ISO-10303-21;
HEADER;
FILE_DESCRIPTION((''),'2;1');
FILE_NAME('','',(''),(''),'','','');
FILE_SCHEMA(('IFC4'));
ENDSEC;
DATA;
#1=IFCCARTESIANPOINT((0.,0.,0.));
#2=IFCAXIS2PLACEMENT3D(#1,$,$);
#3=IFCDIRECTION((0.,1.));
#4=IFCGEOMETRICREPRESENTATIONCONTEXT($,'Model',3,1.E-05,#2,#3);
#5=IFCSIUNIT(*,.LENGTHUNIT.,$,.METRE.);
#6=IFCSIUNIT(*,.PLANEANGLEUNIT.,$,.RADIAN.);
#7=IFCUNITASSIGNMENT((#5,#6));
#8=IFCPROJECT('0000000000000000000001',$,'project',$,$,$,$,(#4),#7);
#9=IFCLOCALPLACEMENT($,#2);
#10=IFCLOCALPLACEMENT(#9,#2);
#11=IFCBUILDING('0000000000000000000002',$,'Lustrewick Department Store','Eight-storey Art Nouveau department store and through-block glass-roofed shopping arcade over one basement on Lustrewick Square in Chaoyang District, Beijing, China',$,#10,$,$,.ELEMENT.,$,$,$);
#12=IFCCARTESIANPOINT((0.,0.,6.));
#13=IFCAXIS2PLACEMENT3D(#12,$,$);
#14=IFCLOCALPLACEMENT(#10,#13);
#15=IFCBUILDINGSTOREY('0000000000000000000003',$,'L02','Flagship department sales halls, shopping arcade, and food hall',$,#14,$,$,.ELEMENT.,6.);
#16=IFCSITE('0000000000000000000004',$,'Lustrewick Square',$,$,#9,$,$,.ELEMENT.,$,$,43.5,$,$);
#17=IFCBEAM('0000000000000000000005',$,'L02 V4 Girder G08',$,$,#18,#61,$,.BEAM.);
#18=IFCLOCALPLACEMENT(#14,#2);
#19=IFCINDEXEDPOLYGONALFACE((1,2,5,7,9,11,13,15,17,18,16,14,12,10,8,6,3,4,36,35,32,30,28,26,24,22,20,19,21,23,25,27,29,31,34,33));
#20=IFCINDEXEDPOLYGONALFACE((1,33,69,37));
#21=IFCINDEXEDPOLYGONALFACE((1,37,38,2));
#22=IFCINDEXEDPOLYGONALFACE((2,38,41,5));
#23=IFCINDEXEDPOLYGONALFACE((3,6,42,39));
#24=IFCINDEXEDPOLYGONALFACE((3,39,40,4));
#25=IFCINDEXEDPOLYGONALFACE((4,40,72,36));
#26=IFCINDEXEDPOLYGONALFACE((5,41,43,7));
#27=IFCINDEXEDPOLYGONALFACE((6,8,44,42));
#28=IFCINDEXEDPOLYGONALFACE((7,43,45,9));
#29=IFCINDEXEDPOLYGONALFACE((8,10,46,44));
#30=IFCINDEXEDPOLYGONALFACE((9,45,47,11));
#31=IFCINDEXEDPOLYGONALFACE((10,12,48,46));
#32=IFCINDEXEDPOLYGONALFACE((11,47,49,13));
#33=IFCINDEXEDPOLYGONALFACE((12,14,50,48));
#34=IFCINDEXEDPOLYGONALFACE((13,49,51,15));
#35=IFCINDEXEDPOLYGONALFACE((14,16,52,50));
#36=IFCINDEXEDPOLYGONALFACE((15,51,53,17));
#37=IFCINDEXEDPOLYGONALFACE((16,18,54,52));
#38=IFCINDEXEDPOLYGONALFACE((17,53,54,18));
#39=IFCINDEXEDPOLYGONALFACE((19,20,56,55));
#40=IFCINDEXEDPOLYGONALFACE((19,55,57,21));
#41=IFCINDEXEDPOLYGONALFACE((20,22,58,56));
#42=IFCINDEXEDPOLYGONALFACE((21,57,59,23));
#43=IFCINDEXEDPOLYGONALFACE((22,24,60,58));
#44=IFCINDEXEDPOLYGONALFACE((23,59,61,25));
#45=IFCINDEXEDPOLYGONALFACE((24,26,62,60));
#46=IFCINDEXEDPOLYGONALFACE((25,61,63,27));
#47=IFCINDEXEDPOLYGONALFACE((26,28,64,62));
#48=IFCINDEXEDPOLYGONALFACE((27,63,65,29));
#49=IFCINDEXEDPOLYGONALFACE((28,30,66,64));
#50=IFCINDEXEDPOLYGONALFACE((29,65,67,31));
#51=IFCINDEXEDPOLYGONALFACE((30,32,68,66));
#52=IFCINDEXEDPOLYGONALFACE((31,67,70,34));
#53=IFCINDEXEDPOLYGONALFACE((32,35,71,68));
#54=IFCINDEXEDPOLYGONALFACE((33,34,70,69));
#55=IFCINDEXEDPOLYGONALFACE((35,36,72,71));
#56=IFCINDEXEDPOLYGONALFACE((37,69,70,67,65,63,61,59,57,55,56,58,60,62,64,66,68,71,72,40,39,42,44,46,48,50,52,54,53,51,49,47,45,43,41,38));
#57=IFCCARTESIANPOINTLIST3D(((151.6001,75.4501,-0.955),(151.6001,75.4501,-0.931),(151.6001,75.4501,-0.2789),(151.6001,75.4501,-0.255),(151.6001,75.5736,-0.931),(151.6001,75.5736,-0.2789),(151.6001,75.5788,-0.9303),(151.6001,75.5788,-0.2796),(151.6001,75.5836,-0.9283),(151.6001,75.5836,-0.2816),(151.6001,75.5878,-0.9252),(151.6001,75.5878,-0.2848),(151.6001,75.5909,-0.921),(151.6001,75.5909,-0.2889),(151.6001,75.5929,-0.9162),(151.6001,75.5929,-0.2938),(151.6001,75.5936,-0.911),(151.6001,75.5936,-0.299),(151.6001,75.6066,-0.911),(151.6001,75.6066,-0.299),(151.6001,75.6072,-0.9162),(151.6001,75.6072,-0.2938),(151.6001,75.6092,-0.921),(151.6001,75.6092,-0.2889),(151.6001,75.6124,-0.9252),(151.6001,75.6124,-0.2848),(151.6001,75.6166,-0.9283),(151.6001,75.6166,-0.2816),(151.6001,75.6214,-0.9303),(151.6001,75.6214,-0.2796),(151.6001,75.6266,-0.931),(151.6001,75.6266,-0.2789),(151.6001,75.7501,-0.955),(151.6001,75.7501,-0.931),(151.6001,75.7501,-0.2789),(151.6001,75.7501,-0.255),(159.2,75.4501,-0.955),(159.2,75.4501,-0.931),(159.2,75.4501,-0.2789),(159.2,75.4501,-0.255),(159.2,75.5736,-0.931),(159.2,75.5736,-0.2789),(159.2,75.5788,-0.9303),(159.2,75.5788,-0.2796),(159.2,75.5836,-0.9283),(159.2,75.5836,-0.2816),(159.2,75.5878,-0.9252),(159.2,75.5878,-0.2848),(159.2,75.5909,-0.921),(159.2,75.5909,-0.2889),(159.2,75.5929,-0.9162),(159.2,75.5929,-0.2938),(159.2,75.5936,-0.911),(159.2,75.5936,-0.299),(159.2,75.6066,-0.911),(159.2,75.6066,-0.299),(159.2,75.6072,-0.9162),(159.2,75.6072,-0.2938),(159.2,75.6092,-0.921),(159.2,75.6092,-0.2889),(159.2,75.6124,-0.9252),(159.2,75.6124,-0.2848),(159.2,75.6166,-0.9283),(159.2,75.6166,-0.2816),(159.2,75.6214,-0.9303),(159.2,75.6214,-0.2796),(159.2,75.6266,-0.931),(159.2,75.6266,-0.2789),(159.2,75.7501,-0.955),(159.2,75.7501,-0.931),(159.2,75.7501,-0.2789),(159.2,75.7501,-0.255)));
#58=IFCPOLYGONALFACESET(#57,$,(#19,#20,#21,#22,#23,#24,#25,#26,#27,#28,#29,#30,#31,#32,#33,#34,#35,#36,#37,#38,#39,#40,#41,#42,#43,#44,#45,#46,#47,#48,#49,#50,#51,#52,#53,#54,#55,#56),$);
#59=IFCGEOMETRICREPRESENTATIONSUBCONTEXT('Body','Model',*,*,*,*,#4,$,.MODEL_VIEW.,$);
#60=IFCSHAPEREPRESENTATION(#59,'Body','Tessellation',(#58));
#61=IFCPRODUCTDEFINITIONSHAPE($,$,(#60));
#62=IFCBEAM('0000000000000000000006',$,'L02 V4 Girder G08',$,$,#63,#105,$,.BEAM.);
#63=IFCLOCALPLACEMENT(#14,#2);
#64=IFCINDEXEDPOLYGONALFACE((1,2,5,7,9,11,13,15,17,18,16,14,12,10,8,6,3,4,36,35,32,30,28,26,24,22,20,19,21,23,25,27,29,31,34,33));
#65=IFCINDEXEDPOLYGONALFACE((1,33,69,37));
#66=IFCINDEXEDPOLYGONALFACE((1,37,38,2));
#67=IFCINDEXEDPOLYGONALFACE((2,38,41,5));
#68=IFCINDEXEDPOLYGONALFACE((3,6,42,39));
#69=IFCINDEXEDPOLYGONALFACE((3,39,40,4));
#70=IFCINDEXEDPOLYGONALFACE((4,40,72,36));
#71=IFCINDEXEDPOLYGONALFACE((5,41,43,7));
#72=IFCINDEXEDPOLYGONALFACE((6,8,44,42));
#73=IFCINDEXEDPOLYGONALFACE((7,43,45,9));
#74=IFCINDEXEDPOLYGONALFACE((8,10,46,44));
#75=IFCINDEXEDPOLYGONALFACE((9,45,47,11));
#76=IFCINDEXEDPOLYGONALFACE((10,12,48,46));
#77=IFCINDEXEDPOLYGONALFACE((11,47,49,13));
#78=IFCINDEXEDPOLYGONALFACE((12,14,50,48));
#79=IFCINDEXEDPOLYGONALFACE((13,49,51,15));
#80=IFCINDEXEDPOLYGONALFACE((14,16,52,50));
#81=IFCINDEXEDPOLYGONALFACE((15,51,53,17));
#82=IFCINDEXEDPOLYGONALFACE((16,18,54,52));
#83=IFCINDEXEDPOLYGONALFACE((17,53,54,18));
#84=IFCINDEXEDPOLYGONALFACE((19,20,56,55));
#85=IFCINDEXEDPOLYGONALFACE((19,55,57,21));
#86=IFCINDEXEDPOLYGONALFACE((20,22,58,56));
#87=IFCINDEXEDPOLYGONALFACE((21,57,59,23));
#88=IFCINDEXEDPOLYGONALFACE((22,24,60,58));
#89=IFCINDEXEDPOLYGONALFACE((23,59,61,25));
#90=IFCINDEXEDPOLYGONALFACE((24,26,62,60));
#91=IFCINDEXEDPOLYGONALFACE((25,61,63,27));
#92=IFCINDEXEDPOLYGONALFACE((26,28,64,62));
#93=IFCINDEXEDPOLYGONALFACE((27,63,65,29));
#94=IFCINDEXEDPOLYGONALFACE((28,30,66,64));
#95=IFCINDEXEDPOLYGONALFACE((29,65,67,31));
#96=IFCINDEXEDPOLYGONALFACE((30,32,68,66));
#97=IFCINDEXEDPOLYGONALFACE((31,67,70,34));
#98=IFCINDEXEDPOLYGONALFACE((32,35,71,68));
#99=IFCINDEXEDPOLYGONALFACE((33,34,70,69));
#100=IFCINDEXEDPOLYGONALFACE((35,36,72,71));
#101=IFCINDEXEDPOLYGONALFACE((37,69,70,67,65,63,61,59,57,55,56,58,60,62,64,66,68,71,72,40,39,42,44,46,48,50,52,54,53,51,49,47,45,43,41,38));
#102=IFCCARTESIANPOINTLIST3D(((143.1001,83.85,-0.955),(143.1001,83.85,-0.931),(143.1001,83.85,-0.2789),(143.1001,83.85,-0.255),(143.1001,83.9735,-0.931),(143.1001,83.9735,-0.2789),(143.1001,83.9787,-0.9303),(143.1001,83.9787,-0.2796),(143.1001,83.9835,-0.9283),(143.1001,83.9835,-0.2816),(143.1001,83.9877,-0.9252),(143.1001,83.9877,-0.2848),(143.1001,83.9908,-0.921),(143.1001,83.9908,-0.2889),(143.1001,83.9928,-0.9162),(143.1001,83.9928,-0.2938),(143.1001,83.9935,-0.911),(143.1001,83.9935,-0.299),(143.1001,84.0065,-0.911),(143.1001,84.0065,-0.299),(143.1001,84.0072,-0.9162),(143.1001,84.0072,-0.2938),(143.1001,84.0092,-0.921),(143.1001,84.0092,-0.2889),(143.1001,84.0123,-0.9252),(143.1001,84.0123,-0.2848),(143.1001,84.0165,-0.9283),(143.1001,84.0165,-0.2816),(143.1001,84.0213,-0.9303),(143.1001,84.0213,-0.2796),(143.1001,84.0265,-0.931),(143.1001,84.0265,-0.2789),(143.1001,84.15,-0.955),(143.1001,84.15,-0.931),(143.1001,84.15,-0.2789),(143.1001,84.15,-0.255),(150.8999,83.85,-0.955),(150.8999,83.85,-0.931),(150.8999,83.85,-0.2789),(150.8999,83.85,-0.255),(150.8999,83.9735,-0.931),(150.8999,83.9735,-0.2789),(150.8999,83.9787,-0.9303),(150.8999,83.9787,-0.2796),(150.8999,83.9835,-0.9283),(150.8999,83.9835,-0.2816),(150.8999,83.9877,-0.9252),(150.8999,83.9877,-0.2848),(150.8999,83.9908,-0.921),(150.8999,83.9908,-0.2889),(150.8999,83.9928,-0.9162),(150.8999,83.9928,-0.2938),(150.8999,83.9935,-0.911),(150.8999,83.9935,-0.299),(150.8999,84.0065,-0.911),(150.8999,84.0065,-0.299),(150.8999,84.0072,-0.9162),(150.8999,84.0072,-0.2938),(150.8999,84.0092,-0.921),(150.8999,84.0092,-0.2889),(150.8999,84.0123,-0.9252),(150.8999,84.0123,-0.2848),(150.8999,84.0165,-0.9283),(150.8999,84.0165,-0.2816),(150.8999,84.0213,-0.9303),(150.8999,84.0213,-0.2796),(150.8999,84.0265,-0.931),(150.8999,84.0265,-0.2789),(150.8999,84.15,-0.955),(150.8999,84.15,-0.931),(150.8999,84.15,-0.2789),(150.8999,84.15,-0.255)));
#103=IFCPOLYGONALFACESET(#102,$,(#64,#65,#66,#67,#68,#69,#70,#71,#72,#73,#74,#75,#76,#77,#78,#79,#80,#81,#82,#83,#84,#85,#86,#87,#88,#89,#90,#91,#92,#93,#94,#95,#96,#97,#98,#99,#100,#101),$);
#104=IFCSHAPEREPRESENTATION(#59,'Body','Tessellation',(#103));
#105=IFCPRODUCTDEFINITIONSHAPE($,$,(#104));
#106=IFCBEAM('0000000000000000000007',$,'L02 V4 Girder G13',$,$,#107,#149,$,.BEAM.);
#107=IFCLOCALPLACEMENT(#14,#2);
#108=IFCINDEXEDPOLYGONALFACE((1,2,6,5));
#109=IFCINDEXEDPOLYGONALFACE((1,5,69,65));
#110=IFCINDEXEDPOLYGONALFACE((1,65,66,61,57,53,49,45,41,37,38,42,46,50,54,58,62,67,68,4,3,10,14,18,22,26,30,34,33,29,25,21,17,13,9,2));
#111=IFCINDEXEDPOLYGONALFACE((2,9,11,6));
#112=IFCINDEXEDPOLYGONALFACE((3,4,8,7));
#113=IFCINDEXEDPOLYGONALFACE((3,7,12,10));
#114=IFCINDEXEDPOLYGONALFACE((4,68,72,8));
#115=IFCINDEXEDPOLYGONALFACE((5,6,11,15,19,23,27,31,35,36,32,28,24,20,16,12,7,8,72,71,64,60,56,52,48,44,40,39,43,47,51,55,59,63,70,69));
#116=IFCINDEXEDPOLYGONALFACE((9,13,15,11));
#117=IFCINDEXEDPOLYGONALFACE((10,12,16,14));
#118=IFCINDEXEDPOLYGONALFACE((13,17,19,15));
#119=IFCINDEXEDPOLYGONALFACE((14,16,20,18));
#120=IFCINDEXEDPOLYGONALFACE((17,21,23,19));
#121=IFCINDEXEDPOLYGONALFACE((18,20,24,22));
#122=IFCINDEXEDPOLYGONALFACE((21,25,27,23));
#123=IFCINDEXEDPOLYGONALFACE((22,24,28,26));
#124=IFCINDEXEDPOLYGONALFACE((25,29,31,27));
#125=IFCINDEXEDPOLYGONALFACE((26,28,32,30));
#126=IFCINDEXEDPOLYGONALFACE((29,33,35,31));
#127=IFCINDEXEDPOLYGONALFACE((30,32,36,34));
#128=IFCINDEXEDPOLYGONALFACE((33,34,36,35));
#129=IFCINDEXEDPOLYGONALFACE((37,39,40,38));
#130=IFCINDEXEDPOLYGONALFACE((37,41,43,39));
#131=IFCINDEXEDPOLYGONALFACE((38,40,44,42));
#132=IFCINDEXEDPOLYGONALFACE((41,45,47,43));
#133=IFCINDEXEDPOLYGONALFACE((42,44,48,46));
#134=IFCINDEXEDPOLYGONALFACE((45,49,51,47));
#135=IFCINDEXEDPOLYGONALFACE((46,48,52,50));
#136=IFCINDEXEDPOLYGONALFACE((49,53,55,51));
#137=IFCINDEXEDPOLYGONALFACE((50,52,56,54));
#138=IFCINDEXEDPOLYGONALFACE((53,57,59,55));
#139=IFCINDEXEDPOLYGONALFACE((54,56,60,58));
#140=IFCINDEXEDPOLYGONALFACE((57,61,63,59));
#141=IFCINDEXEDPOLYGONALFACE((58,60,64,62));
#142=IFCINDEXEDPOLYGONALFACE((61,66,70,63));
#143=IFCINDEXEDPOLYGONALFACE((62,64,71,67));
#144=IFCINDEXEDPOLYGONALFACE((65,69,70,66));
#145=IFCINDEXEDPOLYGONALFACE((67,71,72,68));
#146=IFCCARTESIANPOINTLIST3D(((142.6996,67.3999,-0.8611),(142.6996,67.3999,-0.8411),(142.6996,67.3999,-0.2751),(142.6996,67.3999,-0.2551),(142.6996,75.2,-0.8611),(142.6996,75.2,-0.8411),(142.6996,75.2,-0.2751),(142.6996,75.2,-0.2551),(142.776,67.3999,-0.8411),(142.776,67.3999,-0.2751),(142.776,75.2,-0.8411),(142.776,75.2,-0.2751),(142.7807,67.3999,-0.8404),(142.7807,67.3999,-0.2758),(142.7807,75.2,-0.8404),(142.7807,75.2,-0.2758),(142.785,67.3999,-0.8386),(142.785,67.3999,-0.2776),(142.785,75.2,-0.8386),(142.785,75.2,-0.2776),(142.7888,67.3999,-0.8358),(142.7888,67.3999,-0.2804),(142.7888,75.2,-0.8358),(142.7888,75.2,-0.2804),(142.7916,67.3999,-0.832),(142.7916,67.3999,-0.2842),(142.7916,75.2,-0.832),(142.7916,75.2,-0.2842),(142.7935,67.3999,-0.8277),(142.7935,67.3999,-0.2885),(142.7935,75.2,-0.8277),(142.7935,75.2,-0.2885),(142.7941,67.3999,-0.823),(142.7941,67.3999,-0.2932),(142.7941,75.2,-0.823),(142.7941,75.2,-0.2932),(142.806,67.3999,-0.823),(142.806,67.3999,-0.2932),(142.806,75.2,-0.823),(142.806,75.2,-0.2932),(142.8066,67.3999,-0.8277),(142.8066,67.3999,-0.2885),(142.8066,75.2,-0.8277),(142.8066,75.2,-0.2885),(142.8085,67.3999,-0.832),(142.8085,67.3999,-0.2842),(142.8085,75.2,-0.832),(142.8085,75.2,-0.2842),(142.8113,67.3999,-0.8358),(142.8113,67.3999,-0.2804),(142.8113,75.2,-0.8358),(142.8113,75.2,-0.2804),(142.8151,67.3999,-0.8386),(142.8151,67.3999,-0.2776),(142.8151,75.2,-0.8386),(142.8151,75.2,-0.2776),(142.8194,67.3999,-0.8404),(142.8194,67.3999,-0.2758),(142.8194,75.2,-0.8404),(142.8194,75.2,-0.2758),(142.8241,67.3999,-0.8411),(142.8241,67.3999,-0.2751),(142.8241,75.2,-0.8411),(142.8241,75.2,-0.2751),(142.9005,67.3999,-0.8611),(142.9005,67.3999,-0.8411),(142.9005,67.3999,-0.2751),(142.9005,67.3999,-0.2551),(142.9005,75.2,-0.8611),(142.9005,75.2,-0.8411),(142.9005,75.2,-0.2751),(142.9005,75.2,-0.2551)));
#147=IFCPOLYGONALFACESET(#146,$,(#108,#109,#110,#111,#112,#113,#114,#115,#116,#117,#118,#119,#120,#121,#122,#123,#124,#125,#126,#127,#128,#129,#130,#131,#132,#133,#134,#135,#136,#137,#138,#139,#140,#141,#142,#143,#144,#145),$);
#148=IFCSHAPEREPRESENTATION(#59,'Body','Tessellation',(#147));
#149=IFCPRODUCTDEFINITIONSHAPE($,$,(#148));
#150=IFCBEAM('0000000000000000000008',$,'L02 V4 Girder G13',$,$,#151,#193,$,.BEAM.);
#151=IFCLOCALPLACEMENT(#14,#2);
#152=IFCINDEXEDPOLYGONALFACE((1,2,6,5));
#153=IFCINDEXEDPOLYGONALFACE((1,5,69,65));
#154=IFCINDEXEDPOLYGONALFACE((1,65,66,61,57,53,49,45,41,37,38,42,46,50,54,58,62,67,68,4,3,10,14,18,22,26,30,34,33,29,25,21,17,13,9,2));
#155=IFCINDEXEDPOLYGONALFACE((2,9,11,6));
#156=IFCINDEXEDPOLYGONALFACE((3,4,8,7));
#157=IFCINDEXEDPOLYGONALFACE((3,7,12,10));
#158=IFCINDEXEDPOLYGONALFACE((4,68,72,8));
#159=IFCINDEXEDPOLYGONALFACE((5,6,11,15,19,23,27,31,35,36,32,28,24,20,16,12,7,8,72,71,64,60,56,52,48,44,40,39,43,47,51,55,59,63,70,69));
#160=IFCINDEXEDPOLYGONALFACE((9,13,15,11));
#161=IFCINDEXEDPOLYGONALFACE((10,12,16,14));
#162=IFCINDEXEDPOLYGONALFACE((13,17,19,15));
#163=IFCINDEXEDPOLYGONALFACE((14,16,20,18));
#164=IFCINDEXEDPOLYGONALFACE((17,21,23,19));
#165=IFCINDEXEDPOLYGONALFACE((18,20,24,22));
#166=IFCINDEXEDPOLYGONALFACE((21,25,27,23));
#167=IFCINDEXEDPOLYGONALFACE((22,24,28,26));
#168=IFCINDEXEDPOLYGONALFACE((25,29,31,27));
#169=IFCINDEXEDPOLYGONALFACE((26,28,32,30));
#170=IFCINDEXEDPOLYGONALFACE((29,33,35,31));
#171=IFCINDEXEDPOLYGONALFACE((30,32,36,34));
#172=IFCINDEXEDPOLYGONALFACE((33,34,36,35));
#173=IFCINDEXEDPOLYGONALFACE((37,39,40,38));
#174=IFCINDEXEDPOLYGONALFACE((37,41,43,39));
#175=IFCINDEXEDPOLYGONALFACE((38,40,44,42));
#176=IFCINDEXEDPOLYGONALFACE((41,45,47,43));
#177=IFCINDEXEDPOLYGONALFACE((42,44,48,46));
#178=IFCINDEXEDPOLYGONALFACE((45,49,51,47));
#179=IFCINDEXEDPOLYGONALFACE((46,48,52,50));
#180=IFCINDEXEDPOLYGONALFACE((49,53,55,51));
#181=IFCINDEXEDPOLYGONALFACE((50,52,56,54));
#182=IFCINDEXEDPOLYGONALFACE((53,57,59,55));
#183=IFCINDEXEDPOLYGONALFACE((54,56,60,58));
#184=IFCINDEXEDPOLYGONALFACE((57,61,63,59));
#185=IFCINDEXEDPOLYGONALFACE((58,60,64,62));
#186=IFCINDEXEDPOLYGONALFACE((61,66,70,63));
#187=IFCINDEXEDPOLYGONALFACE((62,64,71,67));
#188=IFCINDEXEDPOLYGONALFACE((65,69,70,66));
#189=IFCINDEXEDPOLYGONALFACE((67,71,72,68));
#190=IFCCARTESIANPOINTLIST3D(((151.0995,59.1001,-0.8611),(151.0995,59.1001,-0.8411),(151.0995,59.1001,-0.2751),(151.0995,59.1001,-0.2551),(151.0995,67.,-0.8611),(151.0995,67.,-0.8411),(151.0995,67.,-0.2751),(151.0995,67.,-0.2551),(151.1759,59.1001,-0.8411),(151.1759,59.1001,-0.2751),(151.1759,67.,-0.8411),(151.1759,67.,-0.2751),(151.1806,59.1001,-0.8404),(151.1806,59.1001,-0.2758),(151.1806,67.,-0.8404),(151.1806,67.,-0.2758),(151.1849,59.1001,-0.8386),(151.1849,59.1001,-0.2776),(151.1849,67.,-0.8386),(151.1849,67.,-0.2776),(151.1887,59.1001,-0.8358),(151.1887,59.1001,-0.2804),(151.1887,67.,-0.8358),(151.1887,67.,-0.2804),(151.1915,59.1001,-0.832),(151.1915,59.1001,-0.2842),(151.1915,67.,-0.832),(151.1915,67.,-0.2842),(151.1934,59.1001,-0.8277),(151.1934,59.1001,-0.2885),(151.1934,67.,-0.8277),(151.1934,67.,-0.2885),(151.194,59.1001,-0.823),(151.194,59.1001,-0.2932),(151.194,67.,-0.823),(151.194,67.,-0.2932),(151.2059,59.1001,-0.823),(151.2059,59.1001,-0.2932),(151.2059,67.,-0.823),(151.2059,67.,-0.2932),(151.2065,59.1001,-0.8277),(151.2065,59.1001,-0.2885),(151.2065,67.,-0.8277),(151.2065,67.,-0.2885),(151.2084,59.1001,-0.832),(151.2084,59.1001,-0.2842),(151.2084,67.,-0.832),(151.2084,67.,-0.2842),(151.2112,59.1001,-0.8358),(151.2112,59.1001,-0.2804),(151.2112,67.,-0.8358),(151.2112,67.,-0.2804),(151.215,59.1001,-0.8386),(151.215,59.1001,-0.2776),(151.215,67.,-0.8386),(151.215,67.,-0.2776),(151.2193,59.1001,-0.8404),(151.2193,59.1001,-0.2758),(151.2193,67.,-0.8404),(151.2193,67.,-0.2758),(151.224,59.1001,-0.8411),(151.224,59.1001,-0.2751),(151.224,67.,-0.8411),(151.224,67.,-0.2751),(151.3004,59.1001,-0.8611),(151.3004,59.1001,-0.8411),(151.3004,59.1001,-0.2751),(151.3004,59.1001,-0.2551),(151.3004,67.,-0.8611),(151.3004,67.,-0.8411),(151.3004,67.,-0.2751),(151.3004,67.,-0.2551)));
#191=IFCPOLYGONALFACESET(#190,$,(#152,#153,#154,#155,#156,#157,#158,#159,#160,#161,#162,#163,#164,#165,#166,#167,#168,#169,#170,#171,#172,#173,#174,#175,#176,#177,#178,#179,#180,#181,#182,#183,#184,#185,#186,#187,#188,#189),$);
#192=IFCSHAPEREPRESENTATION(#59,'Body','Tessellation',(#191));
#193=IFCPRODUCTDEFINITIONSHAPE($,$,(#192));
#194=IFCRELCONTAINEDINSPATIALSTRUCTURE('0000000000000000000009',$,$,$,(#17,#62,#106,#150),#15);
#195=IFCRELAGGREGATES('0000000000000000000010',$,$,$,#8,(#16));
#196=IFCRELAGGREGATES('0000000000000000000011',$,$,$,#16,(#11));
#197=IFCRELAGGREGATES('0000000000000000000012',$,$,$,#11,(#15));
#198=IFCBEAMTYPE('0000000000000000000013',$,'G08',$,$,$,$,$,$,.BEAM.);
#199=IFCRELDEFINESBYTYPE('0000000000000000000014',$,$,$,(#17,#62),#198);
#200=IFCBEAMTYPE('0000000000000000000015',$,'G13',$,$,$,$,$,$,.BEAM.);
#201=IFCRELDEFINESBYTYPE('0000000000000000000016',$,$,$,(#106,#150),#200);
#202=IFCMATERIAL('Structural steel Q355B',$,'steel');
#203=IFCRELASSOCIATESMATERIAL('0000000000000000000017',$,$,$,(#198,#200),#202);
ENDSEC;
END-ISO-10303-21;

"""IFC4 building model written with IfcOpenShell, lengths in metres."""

from ifc_helpers import new_model, si_unit, direction, frame, origin, origin_2d, place, context, subcontext, project, spatial, i_section, extrude, material, material_profile, profile_set, type_object, element, save


model = new_model("IFC4")

# Units and contexts
model_context = context("Model", 3, precision=1e-05, world=origin(), true_north=direction((0.0, 1.0)))
body_context = subcontext(model_context, "Body", "Model", "MODEL_VIEW")
ifc_project = project(units=[si_unit("LENGTHUNIT", "METRE"), si_unit("PLANEANGLEUNIT", "RADIAN")], contexts=[model_context])

# Site, building, storey
site_placement = place(None, origin())
site = spatial("IfcSite", under=ifc_project, at=site_placement, Name="Lustrewick Square", CompositionType="ELEMENT", RefElevation=43.5)
building_placement = place(site_placement, origin())
building = spatial("IfcBuilding", under=site, at=building_placement, Name="Lustrewick Department Store", Description="Eight-storey Art Nouveau department store and through-block glass-roofed shopping arcade over one basement on Lustrewick Square in Chaoyang District, Beijing, China", CompositionType="ELEMENT")
storey_placement = place(building_placement, frame((0.0, 0.0, 6.0)))
storey = spatial("IfcBuildingStorey", under=building, at=storey_placement, Name="L02", Description="Flagship department sales halls, shopping arcade, and food hall", CompositionType="ELEMENT", Elevation=6.0)

# Beams
ifc_material_1 = material(Name="Structural steel Q355B", Category="steel")
ifc_material_profile_1 = material_profile(ifc_material_1, i_section(OverallWidth=0.3, OverallDepth=0.7, WebThickness=0.0129, FlangeThickness=0.0239, FilletRadius=0.02, at=origin_2d()), Name="HN 700x300x13x24")
ifc_profile_set_1 = profile_set([ifc_material_profile_1], Name="Structural steel Q355B")
beam_type_1 = type_object("IfcBeamType", Name="G08", PredefinedType="BEAM", material=ifc_profile_set_1)
beam_1_placement = place(storey_placement, frame((151.6001, 75.6001, -0.605), z_axis=(1.0, 0.0, 0.0), x_axis=(0.0, 1.0, 0.0)))
element("IfcBeam", 1, at=beam_1_placement, inside=storey, type_object=beam_type_1, Name="L02 V4 Girder G08", PredefinedType="BEAM", context=body_context, shape_type="SweptSolid", body=[
    extrude(i_section(OverallWidth=0.3, OverallDepth=0.7, WebThickness=0.0129, FlangeThickness=0.0239, FilletRadius=0.02, at=origin_2d()), origin(), (0.0, 0.0, 1.0), 7.5999),
])
beam_2_placement = place(storey_placement, frame((143.1001, 84.0, -0.605), z_axis=(1.0, 0.0, 0.0), x_axis=(0.0, 1.0, 0.0)))
element("IfcBeam", 2, at=beam_2_placement, inside=storey, type_object=beam_type_1, Name="L02 V4 Girder G08", PredefinedType="BEAM", context=body_context, shape_type="SweptSolid", body=[
    extrude(i_section(OverallWidth=0.3, OverallDepth=0.7, WebThickness=0.0129, FlangeThickness=0.0239, FilletRadius=0.02, at=origin_2d()), origin(), (0.0, 0.0, 1.0), 7.7998),
])
ifc_material_profile_2 = material_profile(ifc_material_1, i_section(OverallWidth=0.2009, OverallDepth=0.606, WebThickness=0.012, FlangeThickness=0.02, FilletRadius=0.0181, at=origin_2d()), Name="HN 606x201x12x20")
ifc_profile_set_2 = profile_set([ifc_material_profile_2], Name="Structural steel Q355B")
beam_type_2 = type_object("IfcBeamType", Name="G13", PredefinedType="BEAM", material=ifc_profile_set_2)
beam_3_placement = place(storey_placement, frame((142.8, 67.3999, -0.5581), z_axis=(0.0, 1.0, 0.0), x_axis=(-1.0, 0.0, 0.0)))
element("IfcBeam", 3, at=beam_3_placement, inside=storey, type_object=beam_type_2, Name="L02 V4 Girder G13", PredefinedType="BEAM", context=body_context, shape_type="SweptSolid", body=[
    extrude(i_section(OverallWidth=0.2009, OverallDepth=0.606, WebThickness=0.012, FlangeThickness=0.02, FilletRadius=0.0181, at=origin_2d()), origin(), (0.0, 0.0, 1.0), 7.8),
])
beam_4_placement = place(storey_placement, frame((151.2, 59.1001, -0.5581), z_axis=(0.0, 1.0, 0.0), x_axis=(-1.0, 0.0, 0.0)))
element("IfcBeam", 4, at=beam_4_placement, inside=storey, type_object=beam_type_2, Name="L02 V4 Girder G13", PredefinedType="BEAM", context=body_context, shape_type="SweptSolid", body=[
    extrude(i_section(OverallWidth=0.2009, OverallDepth=0.606, WebThickness=0.012, FlangeThickness=0.02, FilletRadius=0.0181, at=origin_2d()), origin(), (0.0, 0.0, 1.0), 7.8999),
])

save(model, "model.ifc")
